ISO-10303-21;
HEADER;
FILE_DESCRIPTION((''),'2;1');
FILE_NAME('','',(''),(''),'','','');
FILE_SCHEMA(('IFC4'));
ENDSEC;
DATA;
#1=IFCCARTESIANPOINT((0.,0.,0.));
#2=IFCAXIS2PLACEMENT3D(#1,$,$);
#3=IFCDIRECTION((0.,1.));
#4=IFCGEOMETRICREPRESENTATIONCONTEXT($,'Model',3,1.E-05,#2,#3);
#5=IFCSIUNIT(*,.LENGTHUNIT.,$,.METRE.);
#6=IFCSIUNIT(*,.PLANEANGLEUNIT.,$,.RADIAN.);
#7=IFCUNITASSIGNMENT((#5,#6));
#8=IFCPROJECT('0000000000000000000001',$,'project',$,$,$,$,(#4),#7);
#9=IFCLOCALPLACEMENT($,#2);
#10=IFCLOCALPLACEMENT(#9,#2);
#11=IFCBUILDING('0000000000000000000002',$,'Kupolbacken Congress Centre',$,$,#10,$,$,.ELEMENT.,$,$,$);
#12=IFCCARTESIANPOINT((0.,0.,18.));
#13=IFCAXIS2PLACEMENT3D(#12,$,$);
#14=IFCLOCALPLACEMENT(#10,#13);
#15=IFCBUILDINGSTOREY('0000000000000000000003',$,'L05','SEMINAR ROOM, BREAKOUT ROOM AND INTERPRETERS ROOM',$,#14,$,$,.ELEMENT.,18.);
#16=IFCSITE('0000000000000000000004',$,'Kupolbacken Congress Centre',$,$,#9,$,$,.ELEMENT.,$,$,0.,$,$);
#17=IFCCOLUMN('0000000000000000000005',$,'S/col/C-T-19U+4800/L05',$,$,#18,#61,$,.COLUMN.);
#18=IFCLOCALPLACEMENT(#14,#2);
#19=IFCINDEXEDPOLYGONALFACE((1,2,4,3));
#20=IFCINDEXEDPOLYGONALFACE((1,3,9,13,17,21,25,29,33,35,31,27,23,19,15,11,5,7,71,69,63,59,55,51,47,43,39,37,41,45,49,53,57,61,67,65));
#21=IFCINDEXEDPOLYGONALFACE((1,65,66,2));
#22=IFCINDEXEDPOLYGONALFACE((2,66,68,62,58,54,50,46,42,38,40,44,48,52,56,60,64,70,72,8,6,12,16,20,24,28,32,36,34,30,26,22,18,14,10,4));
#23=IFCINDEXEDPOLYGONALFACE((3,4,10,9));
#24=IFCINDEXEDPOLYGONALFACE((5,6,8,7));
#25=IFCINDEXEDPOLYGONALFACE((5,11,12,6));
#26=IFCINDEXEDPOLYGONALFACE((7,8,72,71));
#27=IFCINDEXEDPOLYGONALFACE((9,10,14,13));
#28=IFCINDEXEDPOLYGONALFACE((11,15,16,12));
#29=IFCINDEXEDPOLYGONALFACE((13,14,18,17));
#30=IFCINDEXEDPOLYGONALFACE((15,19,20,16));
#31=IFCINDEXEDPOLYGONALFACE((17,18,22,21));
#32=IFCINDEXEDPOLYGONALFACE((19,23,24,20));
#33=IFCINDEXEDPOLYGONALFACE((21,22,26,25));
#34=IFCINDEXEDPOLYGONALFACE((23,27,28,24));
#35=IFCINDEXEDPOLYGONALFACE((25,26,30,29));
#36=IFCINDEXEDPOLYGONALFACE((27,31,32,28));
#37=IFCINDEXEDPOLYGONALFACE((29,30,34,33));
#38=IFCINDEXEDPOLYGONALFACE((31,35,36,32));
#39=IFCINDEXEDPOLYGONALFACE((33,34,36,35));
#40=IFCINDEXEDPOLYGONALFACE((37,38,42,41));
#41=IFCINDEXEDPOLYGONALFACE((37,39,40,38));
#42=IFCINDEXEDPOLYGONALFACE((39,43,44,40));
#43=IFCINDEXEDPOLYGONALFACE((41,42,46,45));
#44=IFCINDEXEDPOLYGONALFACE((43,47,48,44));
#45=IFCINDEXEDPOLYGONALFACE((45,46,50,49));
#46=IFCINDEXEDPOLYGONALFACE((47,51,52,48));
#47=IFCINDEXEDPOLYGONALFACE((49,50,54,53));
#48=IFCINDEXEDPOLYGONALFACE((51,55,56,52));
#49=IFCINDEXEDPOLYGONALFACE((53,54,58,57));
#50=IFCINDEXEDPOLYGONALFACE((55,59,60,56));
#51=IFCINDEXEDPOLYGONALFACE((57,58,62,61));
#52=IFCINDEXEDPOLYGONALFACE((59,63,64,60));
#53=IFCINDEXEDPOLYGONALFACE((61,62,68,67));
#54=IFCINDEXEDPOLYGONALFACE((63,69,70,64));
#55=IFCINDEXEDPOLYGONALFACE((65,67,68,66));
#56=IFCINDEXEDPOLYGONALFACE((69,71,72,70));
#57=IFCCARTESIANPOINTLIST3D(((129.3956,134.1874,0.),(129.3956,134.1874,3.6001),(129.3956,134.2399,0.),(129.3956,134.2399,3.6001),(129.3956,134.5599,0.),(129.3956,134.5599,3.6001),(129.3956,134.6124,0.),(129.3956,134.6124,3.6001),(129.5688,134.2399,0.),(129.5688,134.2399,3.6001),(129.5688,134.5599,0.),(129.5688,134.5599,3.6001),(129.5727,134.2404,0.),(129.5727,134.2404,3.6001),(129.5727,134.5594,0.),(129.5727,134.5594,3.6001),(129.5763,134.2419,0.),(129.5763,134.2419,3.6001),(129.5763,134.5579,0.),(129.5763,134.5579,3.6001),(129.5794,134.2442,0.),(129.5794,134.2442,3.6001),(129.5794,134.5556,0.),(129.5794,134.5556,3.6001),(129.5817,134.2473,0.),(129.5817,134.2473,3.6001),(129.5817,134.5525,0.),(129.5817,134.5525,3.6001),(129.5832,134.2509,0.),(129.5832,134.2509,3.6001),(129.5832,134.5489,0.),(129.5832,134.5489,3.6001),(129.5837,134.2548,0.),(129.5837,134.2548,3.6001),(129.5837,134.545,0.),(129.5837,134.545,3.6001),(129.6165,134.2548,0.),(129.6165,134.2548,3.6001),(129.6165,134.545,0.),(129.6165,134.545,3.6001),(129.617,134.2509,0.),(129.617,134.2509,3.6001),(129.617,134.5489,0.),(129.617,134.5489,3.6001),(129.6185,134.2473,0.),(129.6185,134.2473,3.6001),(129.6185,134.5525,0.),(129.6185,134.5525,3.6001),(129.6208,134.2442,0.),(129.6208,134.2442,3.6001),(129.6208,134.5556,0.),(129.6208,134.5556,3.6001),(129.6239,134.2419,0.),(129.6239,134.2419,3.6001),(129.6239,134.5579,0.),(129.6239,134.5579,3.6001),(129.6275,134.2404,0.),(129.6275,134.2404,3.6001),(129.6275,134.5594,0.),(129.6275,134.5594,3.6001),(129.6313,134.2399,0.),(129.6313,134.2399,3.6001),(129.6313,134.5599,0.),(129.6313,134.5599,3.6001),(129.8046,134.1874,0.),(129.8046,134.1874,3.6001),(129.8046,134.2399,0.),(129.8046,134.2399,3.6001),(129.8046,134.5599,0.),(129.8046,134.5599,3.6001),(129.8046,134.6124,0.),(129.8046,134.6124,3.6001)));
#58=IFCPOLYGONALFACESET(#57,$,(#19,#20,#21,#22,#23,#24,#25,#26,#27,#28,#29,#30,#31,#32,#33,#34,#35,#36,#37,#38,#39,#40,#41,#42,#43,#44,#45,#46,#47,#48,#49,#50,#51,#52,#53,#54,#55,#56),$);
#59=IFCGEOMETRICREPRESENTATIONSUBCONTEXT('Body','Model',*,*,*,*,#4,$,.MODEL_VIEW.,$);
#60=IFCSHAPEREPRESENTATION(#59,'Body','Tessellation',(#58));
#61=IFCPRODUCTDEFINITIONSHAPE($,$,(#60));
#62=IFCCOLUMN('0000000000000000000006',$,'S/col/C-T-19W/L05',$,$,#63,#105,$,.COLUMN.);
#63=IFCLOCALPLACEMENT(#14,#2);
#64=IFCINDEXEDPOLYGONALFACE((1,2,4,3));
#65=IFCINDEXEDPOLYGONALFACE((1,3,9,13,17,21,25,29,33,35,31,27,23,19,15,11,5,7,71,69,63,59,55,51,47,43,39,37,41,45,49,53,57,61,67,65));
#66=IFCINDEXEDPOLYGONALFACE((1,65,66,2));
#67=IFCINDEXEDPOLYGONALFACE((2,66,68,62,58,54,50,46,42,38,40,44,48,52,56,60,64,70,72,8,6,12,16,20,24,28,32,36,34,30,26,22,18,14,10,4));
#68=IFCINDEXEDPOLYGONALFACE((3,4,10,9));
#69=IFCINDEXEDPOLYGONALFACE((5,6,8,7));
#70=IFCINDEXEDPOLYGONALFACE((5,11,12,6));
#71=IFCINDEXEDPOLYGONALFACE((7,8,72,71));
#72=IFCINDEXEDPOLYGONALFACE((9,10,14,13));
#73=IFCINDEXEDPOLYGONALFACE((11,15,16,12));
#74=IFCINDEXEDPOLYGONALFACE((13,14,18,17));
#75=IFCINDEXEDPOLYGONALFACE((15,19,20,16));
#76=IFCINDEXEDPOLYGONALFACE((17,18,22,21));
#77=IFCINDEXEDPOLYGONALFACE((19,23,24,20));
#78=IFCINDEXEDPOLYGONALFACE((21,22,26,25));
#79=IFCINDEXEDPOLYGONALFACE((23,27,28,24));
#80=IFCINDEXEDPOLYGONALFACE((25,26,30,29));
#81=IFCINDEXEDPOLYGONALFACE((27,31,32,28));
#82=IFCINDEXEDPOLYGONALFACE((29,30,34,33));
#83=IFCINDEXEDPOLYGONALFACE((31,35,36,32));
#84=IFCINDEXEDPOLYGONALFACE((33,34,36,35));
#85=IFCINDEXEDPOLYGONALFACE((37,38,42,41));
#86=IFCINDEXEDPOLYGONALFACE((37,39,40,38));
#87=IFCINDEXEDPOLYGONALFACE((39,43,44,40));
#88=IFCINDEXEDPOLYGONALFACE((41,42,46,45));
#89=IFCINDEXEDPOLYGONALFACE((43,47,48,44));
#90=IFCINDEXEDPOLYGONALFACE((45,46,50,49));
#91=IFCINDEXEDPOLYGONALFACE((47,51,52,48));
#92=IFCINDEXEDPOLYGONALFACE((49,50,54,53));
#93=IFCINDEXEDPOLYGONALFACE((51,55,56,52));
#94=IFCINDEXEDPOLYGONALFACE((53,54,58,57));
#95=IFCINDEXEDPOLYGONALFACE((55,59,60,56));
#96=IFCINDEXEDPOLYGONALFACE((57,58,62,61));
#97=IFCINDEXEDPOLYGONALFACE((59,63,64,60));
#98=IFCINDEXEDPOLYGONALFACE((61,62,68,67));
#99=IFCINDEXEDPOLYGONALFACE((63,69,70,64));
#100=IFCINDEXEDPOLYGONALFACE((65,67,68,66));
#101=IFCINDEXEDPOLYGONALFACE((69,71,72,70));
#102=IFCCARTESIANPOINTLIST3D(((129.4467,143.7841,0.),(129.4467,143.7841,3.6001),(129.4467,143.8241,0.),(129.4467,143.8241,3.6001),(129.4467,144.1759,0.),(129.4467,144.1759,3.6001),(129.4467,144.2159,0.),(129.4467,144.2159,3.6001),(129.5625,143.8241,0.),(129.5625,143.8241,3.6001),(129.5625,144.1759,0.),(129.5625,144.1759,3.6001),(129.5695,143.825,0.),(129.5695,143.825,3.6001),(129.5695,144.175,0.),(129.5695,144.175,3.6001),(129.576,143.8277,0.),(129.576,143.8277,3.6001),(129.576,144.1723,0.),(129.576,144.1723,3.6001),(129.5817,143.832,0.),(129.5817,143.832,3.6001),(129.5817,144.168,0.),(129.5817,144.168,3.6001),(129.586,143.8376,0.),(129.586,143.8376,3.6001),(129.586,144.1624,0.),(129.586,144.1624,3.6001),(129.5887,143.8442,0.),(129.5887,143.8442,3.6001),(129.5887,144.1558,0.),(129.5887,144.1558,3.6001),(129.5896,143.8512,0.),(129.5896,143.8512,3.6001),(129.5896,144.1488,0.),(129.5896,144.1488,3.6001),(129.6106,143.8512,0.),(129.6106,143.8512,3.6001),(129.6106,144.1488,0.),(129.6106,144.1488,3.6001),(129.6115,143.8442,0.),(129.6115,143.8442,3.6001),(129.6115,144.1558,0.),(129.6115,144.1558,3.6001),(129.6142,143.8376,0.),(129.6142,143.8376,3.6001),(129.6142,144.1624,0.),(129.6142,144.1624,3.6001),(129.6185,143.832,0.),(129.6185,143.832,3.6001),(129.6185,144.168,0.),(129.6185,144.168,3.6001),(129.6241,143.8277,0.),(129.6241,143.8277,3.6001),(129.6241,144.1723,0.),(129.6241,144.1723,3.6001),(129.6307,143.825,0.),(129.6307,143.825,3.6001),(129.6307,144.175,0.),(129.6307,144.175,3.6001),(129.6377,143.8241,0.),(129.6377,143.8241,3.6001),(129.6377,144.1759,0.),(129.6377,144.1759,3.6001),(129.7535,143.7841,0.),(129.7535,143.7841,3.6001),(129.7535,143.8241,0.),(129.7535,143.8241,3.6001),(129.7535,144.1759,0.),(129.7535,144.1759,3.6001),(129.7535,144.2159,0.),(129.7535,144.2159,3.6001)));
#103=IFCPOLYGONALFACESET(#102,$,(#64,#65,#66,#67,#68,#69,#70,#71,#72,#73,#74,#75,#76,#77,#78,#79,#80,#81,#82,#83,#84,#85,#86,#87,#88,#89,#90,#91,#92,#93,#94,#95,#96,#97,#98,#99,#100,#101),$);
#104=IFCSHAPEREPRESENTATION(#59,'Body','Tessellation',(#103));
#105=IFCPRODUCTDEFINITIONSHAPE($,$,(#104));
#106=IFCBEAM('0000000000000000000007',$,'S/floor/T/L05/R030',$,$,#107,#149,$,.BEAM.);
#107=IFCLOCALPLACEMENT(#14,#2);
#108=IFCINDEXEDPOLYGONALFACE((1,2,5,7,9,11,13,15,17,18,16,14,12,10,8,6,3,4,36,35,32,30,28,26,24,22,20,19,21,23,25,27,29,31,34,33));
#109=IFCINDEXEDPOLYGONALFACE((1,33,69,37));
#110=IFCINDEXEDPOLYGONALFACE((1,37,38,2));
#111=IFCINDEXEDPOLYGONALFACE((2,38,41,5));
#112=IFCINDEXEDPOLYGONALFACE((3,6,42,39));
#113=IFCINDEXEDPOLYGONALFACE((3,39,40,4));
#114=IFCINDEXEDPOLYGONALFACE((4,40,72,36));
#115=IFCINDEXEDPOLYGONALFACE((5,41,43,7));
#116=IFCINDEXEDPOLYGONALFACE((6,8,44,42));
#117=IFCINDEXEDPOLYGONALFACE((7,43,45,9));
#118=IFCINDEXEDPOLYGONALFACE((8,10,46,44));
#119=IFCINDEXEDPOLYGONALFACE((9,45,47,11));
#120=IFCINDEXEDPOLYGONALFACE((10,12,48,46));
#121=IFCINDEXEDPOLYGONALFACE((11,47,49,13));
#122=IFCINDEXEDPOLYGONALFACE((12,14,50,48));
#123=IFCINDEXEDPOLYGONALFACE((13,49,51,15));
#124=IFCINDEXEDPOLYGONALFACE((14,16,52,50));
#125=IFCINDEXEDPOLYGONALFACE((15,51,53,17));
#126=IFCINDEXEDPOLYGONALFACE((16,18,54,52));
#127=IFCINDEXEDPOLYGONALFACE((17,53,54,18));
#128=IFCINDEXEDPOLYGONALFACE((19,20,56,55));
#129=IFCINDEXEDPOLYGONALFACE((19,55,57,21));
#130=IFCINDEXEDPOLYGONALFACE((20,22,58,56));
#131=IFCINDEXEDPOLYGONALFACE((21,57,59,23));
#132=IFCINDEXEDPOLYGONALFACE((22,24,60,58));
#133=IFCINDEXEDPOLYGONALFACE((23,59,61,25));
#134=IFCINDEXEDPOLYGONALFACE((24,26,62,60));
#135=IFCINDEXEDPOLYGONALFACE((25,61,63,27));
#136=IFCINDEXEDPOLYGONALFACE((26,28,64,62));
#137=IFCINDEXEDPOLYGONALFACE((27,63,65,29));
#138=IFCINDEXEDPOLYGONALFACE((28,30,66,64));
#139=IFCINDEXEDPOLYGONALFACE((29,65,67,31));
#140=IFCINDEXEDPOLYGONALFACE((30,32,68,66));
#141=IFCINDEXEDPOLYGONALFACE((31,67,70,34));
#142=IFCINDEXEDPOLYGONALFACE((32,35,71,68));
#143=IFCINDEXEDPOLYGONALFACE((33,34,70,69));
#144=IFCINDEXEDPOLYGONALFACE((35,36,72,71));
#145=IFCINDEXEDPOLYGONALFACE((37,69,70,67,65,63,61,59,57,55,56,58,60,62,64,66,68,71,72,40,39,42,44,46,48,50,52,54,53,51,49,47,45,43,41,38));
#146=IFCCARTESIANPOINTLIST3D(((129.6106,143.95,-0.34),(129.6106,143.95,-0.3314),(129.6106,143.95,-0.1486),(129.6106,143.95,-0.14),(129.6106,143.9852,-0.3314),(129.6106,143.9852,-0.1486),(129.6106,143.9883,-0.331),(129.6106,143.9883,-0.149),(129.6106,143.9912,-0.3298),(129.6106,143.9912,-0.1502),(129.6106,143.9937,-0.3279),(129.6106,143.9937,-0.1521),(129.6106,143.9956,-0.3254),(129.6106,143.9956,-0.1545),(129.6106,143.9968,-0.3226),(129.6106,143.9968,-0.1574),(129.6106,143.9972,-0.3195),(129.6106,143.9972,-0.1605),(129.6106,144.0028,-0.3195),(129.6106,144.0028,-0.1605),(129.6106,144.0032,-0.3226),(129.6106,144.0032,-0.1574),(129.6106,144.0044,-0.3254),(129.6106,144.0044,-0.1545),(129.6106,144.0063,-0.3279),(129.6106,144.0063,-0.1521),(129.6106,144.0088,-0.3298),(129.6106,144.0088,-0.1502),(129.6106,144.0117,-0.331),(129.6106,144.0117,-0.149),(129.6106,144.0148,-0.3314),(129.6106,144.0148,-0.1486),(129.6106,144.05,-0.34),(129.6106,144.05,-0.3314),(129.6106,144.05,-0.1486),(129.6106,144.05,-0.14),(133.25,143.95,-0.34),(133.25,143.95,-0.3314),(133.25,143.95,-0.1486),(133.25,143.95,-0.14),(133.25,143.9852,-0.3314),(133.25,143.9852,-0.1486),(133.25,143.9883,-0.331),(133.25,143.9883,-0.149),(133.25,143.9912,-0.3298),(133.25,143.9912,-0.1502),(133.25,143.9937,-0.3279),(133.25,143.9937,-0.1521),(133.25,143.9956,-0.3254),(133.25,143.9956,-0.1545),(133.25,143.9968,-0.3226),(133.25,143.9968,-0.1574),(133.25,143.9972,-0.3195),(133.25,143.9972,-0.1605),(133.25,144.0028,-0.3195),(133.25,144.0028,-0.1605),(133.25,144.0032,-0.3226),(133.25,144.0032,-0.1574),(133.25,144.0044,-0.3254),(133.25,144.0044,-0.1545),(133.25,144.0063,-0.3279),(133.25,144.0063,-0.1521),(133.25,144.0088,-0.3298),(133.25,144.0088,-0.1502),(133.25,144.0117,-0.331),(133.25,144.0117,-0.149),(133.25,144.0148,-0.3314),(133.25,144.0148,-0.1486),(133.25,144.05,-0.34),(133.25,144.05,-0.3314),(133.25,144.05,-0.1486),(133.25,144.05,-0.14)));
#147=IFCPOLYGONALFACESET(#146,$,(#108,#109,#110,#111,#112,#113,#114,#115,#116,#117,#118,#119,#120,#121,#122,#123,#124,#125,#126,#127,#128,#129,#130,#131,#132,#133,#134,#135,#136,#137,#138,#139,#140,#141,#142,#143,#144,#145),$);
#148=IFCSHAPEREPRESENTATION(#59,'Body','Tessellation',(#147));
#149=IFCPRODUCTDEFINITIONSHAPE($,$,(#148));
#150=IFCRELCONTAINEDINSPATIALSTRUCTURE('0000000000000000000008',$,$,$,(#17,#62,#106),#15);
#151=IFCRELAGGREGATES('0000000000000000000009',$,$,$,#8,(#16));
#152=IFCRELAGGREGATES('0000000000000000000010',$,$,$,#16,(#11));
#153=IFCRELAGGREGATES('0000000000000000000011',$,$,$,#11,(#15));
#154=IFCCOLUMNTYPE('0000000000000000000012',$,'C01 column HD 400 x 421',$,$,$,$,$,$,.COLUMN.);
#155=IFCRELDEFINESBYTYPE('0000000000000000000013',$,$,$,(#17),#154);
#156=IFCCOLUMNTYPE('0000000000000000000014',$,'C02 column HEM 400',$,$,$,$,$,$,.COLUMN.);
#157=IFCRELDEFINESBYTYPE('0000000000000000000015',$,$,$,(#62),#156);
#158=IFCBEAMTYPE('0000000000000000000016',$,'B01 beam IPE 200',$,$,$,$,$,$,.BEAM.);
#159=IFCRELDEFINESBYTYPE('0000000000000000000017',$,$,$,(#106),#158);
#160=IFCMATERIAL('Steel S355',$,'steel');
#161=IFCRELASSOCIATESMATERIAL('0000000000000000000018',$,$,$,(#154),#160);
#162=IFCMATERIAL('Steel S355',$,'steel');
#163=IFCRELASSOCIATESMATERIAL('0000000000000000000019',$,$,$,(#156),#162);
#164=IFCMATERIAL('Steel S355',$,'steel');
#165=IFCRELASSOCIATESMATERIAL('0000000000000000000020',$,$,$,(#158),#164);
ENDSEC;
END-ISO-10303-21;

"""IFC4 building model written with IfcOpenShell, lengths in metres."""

from ifc_helpers import new_model, si_unit, direction, frame, origin, origin_2d, place, context, subcontext, project, spatial, i_section, extrude, material, material_profile, profile_set, type_object, element, save


model = new_model("IFC4")

# Units and contexts
model_context = context("Model", 3, precision=1e-05, world=origin(), true_north=direction((0.0, 1.0)))
body_context = subcontext(model_context, "Body", "Model", "MODEL_VIEW")
ifc_project = project(units=[si_unit("LENGTHUNIT", "METRE"), si_unit("PLANEANGLEUNIT", "RADIAN")], contexts=[model_context])

# Site, building, storey
site_placement = place(None, origin())
site = spatial("IfcSite", under=ifc_project, at=site_placement, Name="Kupolbacken Congress Centre", CompositionType="ELEMENT", RefElevation=0.0)
building_placement = place(site_placement, origin())
building = spatial("IfcBuilding", under=site, at=building_placement, Name="Kupolbacken Congress Centre", CompositionType="ELEMENT")
storey_placement = place(building_placement, frame((0.0, 0.0, 18.0)))
storey = spatial("IfcBuildingStorey", under=building, at=storey_placement, Name="L05", Description="SEMINAR ROOM, BREAKOUT ROOM AND INTERPRETERS ROOM", CompositionType="ELEMENT", Elevation=18.0)

# Columns
ifc_material_1 = material(Name="Steel S355", Category="steel")
ifc_material_profile_1 = material_profile(ifc_material_1, i_section(OverallWidth=0.4089, OverallDepth=0.425, WebThickness=0.0327, FlangeThickness=0.0525, FilletRadius=0.0149, at=origin_2d()), Name="HD 400 x 421")
ifc_profile_set_1 = profile_set([ifc_material_profile_1], Name="Steel S355")
column_type_1 = type_object("IfcColumnType", Name="C01 column HD 400 x 421", PredefinedType="COLUMN", material=ifc_profile_set_1)
column_1_placement = place(storey_placement, frame((129.6001, 134.3999, 0.0), z_axis=(0.0, 0.0, 1.0), x_axis=(1.0, 0.0, 0.0)))
element("IfcColumn", 1, at=column_1_placement, inside=storey, type_object=column_type_1, Name="S/col/C-T-19U+4800/L05", PredefinedType="COLUMN", context=body_context, shape_type="SweptSolid", body=[
    extrude(i_section(OverallWidth=0.4089, OverallDepth=0.425, WebThickness=0.0327, FlangeThickness=0.0525, FilletRadius=0.0149, at=origin_2d()), origin(), (0.0, 0.0, 1.0), 3.6001),
])
ifc_material_2 = material(Name="Steel S355", Category="steel")
ifc_material_profile_2 = material_profile(ifc_material_2, i_section(OverallWidth=0.3069, OverallDepth=0.4319, WebThickness=0.021, FlangeThickness=0.04, FilletRadius=0.0271, at=origin_2d()), Name="HEM 400")
ifc_profile_set_2 = profile_set([ifc_material_profile_2], Name="Steel S355")
column_type_2 = type_object("IfcColumnType", Name="C02 column HEM 400", PredefinedType="COLUMN", material=ifc_profile_set_2)
column_2_placement = place(storey_placement, frame((129.6001, 144.0, 0.0), z_axis=(0.0, 0.0, 1.0), x_axis=(1.0, 0.0, 0.0)))
element("IfcColumn", 2, at=column_2_placement, inside=storey, type_object=column_type_2, Name="S/col/C-T-19W/L05", PredefinedType="COLUMN", context=body_context, shape_type="SweptSolid", body=[
    extrude(i_section(OverallWidth=0.3069, OverallDepth=0.4319, WebThickness=0.021, FlangeThickness=0.04, FilletRadius=0.0271, at=origin_2d()), origin(), (0.0, 0.0, 1.0), 3.6001),
])

# Beam
ifc_material_3 = material(Name="Steel S355", Category="steel")
ifc_material_profile_3 = material_profile(ifc_material_3, i_section(OverallWidth=0.1001, OverallDepth=0.2, WebThickness=0.0056, FlangeThickness=0.0085, FilletRadius=0.012, at=origin_2d()), Name="IPE 200")
ifc_profile_set_3 = profile_set([ifc_material_profile_3], Name="Steel S355")
beam_type_1 = type_object("IfcBeamType", Name="B01 beam IPE 200", PredefinedType="BEAM", material=ifc_profile_set_3)
beam_1_placement = place(storey_placement, frame((129.6106, 144.0, -0.24), z_axis=(1.0, 0.0, 0.0), x_axis=(0.0, 1.0, 0.0)))
element("IfcBeam", 3, at=beam_1_placement, inside=storey, type_object=beam_type_1, Name="S/floor/T/L05/R030", PredefinedType="BEAM", context=body_context, shape_type="SweptSolid", body=[
    extrude(i_section(OverallWidth=0.1001, OverallDepth=0.2, WebThickness=0.0056, FlangeThickness=0.0085, FilletRadius=0.012, at=origin_2d()), origin(), (0.0, 0.0, 1.0), 3.6394),
])

save(model, "model.ifc")
